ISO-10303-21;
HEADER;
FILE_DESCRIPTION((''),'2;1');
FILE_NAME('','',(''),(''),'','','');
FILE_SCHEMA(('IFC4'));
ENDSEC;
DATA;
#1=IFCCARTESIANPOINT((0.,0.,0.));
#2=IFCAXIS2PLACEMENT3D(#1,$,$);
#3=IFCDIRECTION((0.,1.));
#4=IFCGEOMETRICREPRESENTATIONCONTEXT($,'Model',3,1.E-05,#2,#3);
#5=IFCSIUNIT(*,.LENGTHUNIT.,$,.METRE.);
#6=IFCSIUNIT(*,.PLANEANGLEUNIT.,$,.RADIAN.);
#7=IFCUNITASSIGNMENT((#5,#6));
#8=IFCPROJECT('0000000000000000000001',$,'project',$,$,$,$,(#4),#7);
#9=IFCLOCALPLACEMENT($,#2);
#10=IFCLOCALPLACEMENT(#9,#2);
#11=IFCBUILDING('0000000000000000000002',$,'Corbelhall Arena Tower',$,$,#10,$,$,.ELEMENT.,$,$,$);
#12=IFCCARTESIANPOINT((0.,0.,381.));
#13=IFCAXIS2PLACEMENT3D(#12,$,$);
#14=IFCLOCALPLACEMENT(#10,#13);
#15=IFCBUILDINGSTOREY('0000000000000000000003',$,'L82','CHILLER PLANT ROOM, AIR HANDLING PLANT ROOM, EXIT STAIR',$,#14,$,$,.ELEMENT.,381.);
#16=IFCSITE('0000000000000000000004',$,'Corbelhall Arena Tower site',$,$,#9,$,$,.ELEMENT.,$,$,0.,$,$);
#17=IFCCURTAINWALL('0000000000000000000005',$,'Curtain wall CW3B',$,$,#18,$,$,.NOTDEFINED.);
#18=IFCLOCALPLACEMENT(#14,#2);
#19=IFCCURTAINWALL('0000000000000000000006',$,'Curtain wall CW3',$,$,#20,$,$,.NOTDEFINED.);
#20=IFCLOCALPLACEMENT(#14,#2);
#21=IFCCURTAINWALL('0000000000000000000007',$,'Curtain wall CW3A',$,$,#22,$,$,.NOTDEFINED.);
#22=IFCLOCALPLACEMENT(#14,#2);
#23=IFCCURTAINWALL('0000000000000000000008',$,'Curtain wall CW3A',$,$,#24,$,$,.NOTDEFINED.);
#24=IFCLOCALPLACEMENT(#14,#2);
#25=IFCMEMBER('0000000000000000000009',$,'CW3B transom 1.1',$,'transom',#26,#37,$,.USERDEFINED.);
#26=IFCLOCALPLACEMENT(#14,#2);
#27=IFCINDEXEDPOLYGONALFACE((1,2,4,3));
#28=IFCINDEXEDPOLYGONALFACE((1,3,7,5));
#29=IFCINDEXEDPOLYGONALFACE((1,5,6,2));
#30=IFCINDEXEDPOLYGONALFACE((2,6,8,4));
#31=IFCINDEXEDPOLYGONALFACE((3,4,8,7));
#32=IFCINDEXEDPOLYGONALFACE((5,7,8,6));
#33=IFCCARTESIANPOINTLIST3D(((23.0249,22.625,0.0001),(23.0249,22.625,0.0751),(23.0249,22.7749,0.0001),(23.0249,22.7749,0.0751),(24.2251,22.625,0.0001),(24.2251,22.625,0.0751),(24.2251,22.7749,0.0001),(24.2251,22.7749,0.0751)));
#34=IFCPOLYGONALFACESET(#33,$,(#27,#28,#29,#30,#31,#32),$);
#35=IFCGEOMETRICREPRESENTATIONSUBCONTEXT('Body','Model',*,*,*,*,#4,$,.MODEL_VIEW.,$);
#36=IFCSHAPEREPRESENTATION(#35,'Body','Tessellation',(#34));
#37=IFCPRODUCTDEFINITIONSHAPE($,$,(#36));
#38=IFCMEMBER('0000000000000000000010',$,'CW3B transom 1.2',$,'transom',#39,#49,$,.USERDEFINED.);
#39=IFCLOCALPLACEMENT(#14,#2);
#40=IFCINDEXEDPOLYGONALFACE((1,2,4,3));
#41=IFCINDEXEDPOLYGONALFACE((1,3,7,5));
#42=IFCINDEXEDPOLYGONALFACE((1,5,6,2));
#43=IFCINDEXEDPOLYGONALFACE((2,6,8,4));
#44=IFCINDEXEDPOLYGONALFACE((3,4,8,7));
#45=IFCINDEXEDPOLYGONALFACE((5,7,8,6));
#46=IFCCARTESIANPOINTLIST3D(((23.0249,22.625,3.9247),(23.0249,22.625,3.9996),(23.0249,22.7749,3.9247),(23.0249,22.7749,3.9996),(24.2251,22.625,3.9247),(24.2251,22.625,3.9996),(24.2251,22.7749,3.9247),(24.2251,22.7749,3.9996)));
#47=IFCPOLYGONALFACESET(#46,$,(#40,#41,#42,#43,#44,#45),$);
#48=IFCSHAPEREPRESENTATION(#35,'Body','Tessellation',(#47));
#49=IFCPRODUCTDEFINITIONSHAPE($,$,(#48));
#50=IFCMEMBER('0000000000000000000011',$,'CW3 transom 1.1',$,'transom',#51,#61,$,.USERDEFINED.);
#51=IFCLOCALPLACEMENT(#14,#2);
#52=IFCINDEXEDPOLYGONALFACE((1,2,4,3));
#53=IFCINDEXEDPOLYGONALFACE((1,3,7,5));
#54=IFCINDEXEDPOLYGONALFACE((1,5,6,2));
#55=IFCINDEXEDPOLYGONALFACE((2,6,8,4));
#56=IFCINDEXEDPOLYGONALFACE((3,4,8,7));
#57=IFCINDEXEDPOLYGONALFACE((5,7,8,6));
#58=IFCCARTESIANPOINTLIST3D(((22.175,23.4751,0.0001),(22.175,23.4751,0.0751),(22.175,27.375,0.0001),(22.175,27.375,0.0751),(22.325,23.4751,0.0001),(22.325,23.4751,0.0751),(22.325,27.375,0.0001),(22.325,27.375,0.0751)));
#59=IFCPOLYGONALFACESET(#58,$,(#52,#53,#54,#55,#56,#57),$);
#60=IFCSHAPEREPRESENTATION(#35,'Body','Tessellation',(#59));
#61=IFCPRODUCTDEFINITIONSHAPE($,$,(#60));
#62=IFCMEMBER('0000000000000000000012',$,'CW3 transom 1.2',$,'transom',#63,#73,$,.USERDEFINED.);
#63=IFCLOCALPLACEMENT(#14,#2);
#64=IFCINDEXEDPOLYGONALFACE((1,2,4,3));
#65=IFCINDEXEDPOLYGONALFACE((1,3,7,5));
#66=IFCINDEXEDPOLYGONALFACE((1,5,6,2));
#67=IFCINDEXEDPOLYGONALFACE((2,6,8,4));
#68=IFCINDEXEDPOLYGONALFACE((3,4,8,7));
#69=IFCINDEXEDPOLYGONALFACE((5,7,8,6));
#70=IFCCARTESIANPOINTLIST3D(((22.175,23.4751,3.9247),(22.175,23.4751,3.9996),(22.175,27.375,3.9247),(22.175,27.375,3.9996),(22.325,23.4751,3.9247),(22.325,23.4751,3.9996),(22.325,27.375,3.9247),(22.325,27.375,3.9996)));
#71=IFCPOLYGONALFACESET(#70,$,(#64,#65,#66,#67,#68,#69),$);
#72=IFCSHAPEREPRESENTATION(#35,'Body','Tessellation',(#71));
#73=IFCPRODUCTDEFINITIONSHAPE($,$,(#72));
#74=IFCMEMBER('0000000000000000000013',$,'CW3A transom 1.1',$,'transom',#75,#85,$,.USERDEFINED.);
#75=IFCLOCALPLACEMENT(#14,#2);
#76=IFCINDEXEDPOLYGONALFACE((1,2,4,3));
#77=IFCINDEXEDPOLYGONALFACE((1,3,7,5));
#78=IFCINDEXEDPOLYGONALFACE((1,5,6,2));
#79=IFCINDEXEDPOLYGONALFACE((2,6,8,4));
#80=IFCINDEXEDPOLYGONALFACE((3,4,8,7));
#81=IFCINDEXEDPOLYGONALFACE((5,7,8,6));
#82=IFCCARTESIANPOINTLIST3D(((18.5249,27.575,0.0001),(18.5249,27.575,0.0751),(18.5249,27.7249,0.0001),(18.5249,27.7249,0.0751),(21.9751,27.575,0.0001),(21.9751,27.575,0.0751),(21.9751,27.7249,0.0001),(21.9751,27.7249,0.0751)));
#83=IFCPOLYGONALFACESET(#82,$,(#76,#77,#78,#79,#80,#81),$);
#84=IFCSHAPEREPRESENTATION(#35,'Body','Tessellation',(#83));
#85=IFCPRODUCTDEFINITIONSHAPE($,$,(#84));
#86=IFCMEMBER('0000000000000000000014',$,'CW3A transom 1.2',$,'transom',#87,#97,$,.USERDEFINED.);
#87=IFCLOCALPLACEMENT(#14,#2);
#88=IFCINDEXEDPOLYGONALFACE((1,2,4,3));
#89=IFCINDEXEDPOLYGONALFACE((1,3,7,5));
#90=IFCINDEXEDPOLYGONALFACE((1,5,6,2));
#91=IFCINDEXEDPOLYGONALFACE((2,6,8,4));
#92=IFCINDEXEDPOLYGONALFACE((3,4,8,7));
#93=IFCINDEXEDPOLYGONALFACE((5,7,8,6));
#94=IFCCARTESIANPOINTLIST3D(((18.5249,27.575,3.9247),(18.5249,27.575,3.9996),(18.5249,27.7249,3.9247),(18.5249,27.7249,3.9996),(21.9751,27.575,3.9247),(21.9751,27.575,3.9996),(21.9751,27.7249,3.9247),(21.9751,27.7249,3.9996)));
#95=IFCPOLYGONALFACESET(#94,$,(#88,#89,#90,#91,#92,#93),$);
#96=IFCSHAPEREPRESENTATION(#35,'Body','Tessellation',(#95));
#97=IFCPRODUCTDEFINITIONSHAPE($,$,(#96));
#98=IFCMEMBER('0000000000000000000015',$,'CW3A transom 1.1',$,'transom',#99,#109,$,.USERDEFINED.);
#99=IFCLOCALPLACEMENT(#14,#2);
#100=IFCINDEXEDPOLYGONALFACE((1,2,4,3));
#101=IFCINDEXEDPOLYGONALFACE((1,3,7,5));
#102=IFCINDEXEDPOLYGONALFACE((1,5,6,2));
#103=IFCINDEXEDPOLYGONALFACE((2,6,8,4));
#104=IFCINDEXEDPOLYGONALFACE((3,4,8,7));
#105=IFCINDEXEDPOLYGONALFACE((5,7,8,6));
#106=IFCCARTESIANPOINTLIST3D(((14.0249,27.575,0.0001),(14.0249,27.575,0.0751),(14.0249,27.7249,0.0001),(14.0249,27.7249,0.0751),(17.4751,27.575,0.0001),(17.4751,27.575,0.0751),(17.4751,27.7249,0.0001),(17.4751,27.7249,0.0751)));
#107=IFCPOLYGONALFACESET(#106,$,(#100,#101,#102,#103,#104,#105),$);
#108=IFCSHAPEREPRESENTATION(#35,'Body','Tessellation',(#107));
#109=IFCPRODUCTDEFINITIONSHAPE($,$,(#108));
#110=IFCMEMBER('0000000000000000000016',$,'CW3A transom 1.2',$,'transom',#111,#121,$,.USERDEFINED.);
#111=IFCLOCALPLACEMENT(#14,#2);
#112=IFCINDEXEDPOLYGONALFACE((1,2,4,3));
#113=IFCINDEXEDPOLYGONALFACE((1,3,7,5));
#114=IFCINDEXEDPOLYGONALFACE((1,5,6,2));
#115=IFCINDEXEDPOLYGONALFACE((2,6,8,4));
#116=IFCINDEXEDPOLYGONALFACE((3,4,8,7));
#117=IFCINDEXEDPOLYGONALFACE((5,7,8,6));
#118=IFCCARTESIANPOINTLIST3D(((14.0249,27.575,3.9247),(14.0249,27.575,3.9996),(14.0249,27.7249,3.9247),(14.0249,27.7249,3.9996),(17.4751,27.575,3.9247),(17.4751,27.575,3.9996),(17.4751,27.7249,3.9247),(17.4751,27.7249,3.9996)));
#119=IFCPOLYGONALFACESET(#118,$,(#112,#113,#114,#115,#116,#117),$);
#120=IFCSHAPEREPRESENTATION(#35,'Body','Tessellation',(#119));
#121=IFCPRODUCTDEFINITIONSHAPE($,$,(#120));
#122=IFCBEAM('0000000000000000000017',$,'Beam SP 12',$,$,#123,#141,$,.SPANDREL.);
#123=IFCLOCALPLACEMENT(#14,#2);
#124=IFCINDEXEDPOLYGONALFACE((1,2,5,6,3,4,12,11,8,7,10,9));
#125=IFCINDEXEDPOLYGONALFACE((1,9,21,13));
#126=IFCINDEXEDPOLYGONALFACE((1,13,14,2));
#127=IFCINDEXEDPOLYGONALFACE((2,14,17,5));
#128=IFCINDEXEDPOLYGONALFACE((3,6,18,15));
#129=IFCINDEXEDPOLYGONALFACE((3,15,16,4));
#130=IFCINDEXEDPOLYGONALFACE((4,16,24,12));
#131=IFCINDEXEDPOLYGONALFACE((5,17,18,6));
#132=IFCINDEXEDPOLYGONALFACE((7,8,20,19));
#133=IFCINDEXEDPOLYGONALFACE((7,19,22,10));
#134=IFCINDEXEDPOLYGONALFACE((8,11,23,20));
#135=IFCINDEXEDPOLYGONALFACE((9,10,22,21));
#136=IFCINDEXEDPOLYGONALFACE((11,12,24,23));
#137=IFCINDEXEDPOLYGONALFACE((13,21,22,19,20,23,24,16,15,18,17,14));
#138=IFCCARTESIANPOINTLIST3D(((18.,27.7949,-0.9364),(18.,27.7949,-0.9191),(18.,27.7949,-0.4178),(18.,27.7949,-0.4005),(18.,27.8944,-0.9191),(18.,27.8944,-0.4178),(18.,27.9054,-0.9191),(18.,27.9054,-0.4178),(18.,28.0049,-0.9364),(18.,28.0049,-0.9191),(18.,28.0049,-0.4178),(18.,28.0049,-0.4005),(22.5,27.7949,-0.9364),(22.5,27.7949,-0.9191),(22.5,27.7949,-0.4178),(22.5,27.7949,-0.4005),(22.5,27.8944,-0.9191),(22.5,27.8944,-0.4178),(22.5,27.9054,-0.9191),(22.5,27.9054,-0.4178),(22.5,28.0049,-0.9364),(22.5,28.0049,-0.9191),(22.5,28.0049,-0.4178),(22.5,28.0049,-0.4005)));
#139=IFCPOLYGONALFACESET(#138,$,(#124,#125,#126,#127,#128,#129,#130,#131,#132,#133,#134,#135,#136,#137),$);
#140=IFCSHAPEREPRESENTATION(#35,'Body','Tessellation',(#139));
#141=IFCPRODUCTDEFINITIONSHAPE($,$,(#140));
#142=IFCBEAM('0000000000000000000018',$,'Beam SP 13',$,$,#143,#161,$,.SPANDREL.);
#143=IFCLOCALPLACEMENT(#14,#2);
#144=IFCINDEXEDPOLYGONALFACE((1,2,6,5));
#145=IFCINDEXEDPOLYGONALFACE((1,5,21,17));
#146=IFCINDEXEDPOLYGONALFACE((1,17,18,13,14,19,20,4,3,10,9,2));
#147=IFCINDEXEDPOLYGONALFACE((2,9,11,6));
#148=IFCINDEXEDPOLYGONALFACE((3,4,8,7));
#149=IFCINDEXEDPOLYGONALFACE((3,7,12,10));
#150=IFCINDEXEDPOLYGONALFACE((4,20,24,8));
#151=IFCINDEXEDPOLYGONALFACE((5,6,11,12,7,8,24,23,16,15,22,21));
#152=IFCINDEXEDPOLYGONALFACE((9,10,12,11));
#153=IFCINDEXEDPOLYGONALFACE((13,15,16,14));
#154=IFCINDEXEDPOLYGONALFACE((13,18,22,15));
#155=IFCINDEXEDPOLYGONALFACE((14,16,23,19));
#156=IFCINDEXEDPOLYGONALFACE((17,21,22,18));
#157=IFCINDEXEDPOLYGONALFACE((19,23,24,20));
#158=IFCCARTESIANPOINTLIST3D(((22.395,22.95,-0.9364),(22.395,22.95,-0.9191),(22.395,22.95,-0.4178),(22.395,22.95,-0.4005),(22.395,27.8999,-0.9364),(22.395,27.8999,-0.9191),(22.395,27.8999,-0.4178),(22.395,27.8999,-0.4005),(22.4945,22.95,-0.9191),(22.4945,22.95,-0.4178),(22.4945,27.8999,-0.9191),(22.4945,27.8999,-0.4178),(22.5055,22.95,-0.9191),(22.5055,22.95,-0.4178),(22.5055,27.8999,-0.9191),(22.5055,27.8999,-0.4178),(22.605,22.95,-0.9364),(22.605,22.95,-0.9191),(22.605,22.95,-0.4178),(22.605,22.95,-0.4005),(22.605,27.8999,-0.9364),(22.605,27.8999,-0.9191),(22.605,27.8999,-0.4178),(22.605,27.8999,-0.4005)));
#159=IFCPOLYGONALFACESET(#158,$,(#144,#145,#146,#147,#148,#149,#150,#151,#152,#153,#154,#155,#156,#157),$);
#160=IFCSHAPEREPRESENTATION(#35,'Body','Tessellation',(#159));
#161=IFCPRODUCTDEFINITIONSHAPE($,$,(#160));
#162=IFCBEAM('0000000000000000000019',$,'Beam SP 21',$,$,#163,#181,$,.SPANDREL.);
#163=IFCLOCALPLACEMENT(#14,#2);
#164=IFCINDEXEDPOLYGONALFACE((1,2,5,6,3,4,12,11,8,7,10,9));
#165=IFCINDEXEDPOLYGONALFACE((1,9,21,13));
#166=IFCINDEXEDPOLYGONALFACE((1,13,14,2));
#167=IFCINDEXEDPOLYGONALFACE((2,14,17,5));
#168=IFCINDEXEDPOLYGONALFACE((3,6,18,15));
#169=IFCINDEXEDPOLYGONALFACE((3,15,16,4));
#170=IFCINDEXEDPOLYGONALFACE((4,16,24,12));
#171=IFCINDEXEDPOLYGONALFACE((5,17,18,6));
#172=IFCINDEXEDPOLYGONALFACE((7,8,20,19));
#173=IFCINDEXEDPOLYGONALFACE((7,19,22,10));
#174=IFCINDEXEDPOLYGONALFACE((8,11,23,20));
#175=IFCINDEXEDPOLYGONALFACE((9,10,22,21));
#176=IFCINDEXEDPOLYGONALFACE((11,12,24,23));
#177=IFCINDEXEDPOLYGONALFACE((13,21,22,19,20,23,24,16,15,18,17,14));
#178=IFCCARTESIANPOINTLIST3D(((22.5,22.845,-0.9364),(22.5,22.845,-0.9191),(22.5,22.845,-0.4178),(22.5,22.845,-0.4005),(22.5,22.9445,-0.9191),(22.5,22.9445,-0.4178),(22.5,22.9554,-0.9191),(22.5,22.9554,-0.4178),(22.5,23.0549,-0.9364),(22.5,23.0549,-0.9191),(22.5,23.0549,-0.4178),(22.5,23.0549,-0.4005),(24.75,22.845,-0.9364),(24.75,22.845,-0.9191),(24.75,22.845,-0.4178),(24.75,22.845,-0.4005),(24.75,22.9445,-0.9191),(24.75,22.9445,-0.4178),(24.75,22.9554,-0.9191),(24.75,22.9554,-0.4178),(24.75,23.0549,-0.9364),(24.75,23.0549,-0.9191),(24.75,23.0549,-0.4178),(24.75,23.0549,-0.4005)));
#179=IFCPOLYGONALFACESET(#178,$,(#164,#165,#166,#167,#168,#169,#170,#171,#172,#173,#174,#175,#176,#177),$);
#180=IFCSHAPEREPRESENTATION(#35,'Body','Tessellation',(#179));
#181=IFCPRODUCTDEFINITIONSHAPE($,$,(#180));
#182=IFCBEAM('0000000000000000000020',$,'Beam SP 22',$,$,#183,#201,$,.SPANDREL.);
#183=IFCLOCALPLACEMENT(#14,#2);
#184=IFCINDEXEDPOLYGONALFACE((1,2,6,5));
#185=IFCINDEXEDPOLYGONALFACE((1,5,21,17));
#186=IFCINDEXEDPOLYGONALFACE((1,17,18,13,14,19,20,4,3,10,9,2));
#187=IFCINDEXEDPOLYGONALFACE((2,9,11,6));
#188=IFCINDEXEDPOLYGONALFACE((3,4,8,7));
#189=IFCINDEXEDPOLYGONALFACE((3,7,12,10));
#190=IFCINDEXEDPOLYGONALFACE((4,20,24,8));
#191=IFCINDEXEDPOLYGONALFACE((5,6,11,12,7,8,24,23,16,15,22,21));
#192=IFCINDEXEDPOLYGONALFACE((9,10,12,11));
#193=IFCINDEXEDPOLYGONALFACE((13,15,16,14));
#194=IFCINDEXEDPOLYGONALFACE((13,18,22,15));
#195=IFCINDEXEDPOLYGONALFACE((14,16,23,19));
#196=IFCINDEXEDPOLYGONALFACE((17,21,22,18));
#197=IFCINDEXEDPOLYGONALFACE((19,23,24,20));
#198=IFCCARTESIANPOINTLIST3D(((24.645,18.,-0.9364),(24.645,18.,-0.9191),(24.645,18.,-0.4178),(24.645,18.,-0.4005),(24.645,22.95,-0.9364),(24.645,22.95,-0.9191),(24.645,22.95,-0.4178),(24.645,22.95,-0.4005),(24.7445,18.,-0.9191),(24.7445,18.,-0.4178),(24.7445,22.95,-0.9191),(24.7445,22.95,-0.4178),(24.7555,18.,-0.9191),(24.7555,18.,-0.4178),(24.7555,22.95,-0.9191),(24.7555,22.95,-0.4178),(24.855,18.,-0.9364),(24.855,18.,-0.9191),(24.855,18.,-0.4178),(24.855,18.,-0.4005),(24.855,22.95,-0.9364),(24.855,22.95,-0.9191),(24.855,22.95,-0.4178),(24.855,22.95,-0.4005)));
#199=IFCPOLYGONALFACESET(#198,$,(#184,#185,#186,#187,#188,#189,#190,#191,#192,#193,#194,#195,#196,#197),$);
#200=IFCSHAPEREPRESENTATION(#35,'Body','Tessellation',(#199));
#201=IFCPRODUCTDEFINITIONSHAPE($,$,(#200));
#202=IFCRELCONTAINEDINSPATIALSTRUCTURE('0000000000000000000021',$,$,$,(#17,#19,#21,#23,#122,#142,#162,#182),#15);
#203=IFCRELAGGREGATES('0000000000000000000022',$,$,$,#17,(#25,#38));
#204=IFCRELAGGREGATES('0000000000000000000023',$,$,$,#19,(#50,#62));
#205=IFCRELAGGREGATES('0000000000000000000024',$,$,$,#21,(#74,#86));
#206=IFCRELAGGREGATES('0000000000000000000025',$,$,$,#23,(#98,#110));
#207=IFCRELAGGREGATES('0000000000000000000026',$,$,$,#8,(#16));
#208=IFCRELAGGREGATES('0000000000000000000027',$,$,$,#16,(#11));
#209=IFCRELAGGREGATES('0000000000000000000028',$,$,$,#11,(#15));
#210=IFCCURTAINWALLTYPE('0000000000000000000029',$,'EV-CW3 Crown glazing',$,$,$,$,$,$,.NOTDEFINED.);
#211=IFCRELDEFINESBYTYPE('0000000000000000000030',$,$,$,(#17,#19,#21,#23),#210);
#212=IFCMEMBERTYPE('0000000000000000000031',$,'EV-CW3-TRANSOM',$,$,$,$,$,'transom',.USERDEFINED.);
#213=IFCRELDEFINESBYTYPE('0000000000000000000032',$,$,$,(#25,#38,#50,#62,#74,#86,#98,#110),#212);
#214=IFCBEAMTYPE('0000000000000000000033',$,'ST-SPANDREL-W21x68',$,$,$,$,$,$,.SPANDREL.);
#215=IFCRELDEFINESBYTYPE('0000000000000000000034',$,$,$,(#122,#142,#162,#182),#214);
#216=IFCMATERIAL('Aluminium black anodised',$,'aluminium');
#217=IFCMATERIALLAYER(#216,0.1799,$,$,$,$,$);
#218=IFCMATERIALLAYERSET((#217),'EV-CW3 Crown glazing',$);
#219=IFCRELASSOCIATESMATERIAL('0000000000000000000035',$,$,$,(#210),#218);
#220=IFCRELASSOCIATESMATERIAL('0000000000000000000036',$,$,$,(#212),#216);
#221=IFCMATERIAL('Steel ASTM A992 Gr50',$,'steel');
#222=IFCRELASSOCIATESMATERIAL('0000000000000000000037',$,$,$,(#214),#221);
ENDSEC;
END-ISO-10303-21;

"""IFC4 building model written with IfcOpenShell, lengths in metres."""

from ifc_helpers import new_model, si_unit, direction, frame, origin, origin_2d, place, context, subcontext, project, spatial, rectangle, i_section, extrude, material, layer, layer_set, material_profile, profile_set, type_object, element, aggregate, save


model = new_model("IFC4")

# Units and contexts
model_context = context("Model", 3, precision=1e-05, world=origin(), true_north=direction((0.0, 1.0)))
body_context = subcontext(model_context, "Body", "Model", "MODEL_VIEW")
ifc_project = project(units=[si_unit("LENGTHUNIT", "METRE"), si_unit("PLANEANGLEUNIT", "RADIAN")], contexts=[model_context])

# Site, building, storey
site_placement = place(None, origin())
site = spatial("IfcSite", under=ifc_project, at=site_placement, Name="Corbelhall Arena Tower site", CompositionType="ELEMENT", RefElevation=0.0)
building_placement = place(site_placement, origin())
building = spatial("IfcBuilding", under=site, at=building_placement, Name="Corbelhall Arena Tower", CompositionType="ELEMENT")
storey_placement = place(building_placement, frame((0.0, 0.0, 381.0)))
storey = spatial("IfcBuildingStorey", under=building, at=storey_placement, Name="L82", Description="CHILLER PLANT ROOM, AIR HANDLING PLANT ROOM, EXIT STAIR", CompositionType="ELEMENT", Elevation=381.0)

# Curtain walls
ifc_material_1 = material(Name="Aluminium black anodised", Category="aluminium")
ifc_layer_1 = layer(ifc_material_1, 0.1799)
ifc_layer_set_1 = layer_set([ifc_layer_1], Name="EV-CW3 Crown glazing")
curtain_wall_type = type_object("IfcCurtainWallType", Name="EV-CW3 Crown glazing", PredefinedType="NOTDEFINED", material=ifc_layer_set_1)
curtain_wall_1_placement = place(storey_placement, origin())
curtain_wall_1 = element("IfcCurtainWall", 1, at=curtain_wall_1_placement, inside=storey, type_object=curtain_wall_type, Name="Curtain wall CW3B", PredefinedType="NOTDEFINED")
curtain_wall_2_placement = place(storey_placement, origin())
curtain_wall_2 = element("IfcCurtainWall", 2, at=curtain_wall_2_placement, inside=storey, type_object=curtain_wall_type, Name="Curtain wall CW3", PredefinedType="NOTDEFINED")
curtain_wall_3_placement = place(storey_placement, origin())
curtain_wall_3 = element("IfcCurtainWall", 3, at=curtain_wall_3_placement, inside=storey, type_object=curtain_wall_type, Name="Curtain wall CW3A", PredefinedType="NOTDEFINED")

# Curtain wall
curtain_wall_4_placement = place(storey_placement, origin())
curtain_wall_4 = element("IfcCurtainWall", 4, at=curtain_wall_4_placement, inside=storey, type_object=curtain_wall_type, Name="Curtain wall CW3A", PredefinedType="NOTDEFINED")

# Members
ifc_material_profile_1 = material_profile(ifc_material_1, rectangle(XDim=0.1499, YDim=0.075, at=origin_2d()))
ifc_profile_set_1 = profile_set([ifc_material_profile_1], Name="Aluminium black anodised")
member_type_1 = type_object("IfcMemberType", Name="EV-CW3-TRANSOM", ElementType="transom", PredefinedType="USERDEFINED", material=ifc_profile_set_1)
member_1_placement = place(storey_placement, frame((24.2251, 22.7, 0.0376), z_axis=(-1.0, 0.0, 0.0), x_axis=(0.0, -1.0, 0.0)))
member_1 = element("IfcMember", 5, at=member_1_placement, type_object=member_type_1, Name="CW3B transom 1.1", ObjectType="transom", PredefinedType="USERDEFINED", context=body_context, shape_type="SweptSolid", body=[
    extrude(rectangle(XDim=0.1499, YDim=0.075, at=origin_2d()), origin(), (0.0, 0.0, 1.0), 1.2002),
])
member_2_placement = place(storey_placement, frame((24.2251, 22.7, 3.9622), z_axis=(-1.0, 0.0, 0.0), x_axis=(0.0, -1.0, 0.0)))
member_2 = element("IfcMember", 6, at=member_2_placement, type_object=member_type_1, Name="CW3B transom 1.2", ObjectType="transom", PredefinedType="USERDEFINED", context=body_context, shape_type="SweptSolid", body=[
    extrude(rectangle(XDim=0.1499, YDim=0.075, at=origin_2d()), origin(), (0.0, 0.0, 1.0), 1.2002),
])
member_3_placement = place(storey_placement, frame((22.25, 23.4751, 0.0376), z_axis=(0.0, 1.0, 0.0), x_axis=(-1.0, 0.0, 0.0)))
member_3 = element("IfcMember", 7, at=member_3_placement, type_object=member_type_1, Name="CW3 transom 1.1", ObjectType="transom", PredefinedType="USERDEFINED", context=body_context, shape_type="SweptSolid", body=[
    extrude(rectangle(XDim=0.1499, YDim=0.075, at=origin_2d()), origin(), (0.0, 0.0, 1.0), 3.8999),
])
member_4_placement = place(storey_placement, frame((22.25, 23.4751, 3.9622), z_axis=(0.0, 1.0, 0.0), x_axis=(-1.0, 0.0, 0.0)))
member_4 = element("IfcMember", 8, at=member_4_placement, type_object=member_type_1, Name="CW3 transom 1.2", ObjectType="transom", PredefinedType="USERDEFINED", context=body_context, shape_type="SweptSolid", body=[
    extrude(rectangle(XDim=0.1499, YDim=0.075, at=origin_2d()), origin(), (0.0, 0.0, 1.0), 3.8999),
])
member_5_placement = place(storey_placement, frame((21.9751, 27.6499, 0.0376), z_axis=(-1.0, 0.0, 0.0), x_axis=(0.0, -1.0, 0.0)))
member_5 = element("IfcMember", 9, at=member_5_placement, type_object=member_type_1, Name="CW3A transom 1.1", ObjectType="transom", PredefinedType="USERDEFINED", context=body_context, shape_type="SweptSolid", body=[
    extrude(rectangle(XDim=0.1499, YDim=0.075, at=origin_2d()), origin(), (0.0, 0.0, 1.0), 3.4502),
])
member_6_placement = place(storey_placement, frame((21.9751, 27.6499, 3.9622), z_axis=(-1.0, 0.0, 0.0), x_axis=(0.0, -1.0, 0.0)))
member_6 = element("IfcMember", 10, at=member_6_placement, type_object=member_type_1, Name="CW3A transom 1.2", ObjectType="transom", PredefinedType="USERDEFINED", context=body_context, shape_type="SweptSolid", body=[
    extrude(rectangle(XDim=0.1499, YDim=0.075, at=origin_2d()), origin(), (0.0, 0.0, 1.0), 3.4502),
])
member_7_placement = place(storey_placement, frame((17.4751, 27.6499, 0.0376), z_axis=(-1.0, 0.0, 0.0), x_axis=(0.0, -1.0, 0.0)))
member_7 = element("IfcMember", 11, at=member_7_placement, type_object=member_type_1, Name="CW3A transom 1.1", ObjectType="transom", PredefinedType="USERDEFINED", context=body_context, shape_type="SweptSolid", body=[
    extrude(rectangle(XDim=0.1499, YDim=0.075, at=origin_2d()), origin(), (0.0, 0.0, 1.0), 3.4502),
])
member_8_placement = place(storey_placement, frame((17.4751, 27.6499, 3.9622), z_axis=(-1.0, 0.0, 0.0), x_axis=(0.0, -1.0, 0.0)))
member_8 = element("IfcMember", 12, at=member_8_placement, type_object=member_type_1, Name="CW3A transom 1.2", ObjectType="transom", PredefinedType="USERDEFINED", context=body_context, shape_type="SweptSolid", body=[
    extrude(rectangle(XDim=0.1499, YDim=0.075, at=origin_2d()), origin(), (0.0, 0.0, 1.0), 3.4502),
])

# Beams
ifc_material_2 = material(Name="Steel ASTM A992 Gr50", Category="steel")
ifc_material_profile_2 = material_profile(ifc_material_2, i_section(OverallWidth=0.21, OverallDepth=0.5359, WebThickness=0.011, FlangeThickness=0.0173, at=origin_2d()))
ifc_profile_set_2 = profile_set([ifc_material_profile_2], Name="Steel ASTM A992 Gr50")
beam_type_1 = type_object("IfcBeamType", Name="ST-SPANDREL-W21x68", PredefinedType="SPANDREL", material=ifc_profile_set_2)
beam_1_placement = place(storey_placement, frame((18.0, 27.8999, -0.6685), z_axis=(1.0, 0.0, 0.0), x_axis=(0.0, 1.0, 0.0)))
element("IfcBeam", 13, at=beam_1_placement, inside=storey, type_object=beam_type_1, Name="Beam SP 12", PredefinedType="SPANDREL", context=body_context, shape_type="SweptSolid", body=[
    extrude(i_section(OverallWidth=0.21, OverallDepth=0.5359, WebThickness=0.011, FlangeThickness=0.0173, at=origin_2d()), origin(), (0.0, 0.0, 1.0), 4.5),
])
beam_2_placement = place(storey_placement, frame((22.5, 27.8999, -0.6685), z_axis=(0.0, -1.0, 0.0), x_axis=(1.0, 0.0, 0.0)))
element("IfcBeam", 14, at=beam_2_placement, inside=storey, type_object=beam_type_1, Name="Beam SP 13", PredefinedType="SPANDREL", context=body_context, shape_type="SweptSolid", body=[
    extrude(i_section(OverallWidth=0.21, OverallDepth=0.5359, WebThickness=0.011, FlangeThickness=0.0173, at=origin_2d()), origin(), (0.0, 0.0, 1.0), 4.95),
])
beam_3_placement = place(storey_placement, frame((22.5, 22.95, -0.6685), z_axis=(1.0, 0.0, 0.0), x_axis=(0.0, 1.0, 0.0)))
element("IfcBeam", 15, at=beam_3_placement, inside=storey, type_object=beam_type_1, Name="Beam SP 21", PredefinedType="SPANDREL", context=body_context, shape_type="SweptSolid", body=[
    extrude(i_section(OverallWidth=0.21, OverallDepth=0.5359, WebThickness=0.011, FlangeThickness=0.0173, at=origin_2d()), origin(), (0.0, 0.0, 1.0), 2.25),
])
beam_4_placement = place(storey_placement, frame((24.75, 22.95, -0.6685), z_axis=(0.0, -1.0, 0.0), x_axis=(1.0, 0.0, 0.0)))
element("IfcBeam", 16, at=beam_4_placement, inside=storey, type_object=beam_type_1, Name="Beam SP 22", PredefinedType="SPANDREL", context=body_context, shape_type="SweptSolid", body=[
    extrude(i_section(OverallWidth=0.21, OverallDepth=0.5359, WebThickness=0.011, FlangeThickness=0.0173, at=origin_2d()), origin(), (0.0, 0.0, 1.0), 4.95),
])

aggregate(curtain_wall_1, [member_1, member_2])
aggregate(curtain_wall_2, [member_3, member_4])
aggregate(curtain_wall_3, [member_5, member_6])
aggregate(curtain_wall_4, [member_7, member_8])

save(model, "model.ifc")
